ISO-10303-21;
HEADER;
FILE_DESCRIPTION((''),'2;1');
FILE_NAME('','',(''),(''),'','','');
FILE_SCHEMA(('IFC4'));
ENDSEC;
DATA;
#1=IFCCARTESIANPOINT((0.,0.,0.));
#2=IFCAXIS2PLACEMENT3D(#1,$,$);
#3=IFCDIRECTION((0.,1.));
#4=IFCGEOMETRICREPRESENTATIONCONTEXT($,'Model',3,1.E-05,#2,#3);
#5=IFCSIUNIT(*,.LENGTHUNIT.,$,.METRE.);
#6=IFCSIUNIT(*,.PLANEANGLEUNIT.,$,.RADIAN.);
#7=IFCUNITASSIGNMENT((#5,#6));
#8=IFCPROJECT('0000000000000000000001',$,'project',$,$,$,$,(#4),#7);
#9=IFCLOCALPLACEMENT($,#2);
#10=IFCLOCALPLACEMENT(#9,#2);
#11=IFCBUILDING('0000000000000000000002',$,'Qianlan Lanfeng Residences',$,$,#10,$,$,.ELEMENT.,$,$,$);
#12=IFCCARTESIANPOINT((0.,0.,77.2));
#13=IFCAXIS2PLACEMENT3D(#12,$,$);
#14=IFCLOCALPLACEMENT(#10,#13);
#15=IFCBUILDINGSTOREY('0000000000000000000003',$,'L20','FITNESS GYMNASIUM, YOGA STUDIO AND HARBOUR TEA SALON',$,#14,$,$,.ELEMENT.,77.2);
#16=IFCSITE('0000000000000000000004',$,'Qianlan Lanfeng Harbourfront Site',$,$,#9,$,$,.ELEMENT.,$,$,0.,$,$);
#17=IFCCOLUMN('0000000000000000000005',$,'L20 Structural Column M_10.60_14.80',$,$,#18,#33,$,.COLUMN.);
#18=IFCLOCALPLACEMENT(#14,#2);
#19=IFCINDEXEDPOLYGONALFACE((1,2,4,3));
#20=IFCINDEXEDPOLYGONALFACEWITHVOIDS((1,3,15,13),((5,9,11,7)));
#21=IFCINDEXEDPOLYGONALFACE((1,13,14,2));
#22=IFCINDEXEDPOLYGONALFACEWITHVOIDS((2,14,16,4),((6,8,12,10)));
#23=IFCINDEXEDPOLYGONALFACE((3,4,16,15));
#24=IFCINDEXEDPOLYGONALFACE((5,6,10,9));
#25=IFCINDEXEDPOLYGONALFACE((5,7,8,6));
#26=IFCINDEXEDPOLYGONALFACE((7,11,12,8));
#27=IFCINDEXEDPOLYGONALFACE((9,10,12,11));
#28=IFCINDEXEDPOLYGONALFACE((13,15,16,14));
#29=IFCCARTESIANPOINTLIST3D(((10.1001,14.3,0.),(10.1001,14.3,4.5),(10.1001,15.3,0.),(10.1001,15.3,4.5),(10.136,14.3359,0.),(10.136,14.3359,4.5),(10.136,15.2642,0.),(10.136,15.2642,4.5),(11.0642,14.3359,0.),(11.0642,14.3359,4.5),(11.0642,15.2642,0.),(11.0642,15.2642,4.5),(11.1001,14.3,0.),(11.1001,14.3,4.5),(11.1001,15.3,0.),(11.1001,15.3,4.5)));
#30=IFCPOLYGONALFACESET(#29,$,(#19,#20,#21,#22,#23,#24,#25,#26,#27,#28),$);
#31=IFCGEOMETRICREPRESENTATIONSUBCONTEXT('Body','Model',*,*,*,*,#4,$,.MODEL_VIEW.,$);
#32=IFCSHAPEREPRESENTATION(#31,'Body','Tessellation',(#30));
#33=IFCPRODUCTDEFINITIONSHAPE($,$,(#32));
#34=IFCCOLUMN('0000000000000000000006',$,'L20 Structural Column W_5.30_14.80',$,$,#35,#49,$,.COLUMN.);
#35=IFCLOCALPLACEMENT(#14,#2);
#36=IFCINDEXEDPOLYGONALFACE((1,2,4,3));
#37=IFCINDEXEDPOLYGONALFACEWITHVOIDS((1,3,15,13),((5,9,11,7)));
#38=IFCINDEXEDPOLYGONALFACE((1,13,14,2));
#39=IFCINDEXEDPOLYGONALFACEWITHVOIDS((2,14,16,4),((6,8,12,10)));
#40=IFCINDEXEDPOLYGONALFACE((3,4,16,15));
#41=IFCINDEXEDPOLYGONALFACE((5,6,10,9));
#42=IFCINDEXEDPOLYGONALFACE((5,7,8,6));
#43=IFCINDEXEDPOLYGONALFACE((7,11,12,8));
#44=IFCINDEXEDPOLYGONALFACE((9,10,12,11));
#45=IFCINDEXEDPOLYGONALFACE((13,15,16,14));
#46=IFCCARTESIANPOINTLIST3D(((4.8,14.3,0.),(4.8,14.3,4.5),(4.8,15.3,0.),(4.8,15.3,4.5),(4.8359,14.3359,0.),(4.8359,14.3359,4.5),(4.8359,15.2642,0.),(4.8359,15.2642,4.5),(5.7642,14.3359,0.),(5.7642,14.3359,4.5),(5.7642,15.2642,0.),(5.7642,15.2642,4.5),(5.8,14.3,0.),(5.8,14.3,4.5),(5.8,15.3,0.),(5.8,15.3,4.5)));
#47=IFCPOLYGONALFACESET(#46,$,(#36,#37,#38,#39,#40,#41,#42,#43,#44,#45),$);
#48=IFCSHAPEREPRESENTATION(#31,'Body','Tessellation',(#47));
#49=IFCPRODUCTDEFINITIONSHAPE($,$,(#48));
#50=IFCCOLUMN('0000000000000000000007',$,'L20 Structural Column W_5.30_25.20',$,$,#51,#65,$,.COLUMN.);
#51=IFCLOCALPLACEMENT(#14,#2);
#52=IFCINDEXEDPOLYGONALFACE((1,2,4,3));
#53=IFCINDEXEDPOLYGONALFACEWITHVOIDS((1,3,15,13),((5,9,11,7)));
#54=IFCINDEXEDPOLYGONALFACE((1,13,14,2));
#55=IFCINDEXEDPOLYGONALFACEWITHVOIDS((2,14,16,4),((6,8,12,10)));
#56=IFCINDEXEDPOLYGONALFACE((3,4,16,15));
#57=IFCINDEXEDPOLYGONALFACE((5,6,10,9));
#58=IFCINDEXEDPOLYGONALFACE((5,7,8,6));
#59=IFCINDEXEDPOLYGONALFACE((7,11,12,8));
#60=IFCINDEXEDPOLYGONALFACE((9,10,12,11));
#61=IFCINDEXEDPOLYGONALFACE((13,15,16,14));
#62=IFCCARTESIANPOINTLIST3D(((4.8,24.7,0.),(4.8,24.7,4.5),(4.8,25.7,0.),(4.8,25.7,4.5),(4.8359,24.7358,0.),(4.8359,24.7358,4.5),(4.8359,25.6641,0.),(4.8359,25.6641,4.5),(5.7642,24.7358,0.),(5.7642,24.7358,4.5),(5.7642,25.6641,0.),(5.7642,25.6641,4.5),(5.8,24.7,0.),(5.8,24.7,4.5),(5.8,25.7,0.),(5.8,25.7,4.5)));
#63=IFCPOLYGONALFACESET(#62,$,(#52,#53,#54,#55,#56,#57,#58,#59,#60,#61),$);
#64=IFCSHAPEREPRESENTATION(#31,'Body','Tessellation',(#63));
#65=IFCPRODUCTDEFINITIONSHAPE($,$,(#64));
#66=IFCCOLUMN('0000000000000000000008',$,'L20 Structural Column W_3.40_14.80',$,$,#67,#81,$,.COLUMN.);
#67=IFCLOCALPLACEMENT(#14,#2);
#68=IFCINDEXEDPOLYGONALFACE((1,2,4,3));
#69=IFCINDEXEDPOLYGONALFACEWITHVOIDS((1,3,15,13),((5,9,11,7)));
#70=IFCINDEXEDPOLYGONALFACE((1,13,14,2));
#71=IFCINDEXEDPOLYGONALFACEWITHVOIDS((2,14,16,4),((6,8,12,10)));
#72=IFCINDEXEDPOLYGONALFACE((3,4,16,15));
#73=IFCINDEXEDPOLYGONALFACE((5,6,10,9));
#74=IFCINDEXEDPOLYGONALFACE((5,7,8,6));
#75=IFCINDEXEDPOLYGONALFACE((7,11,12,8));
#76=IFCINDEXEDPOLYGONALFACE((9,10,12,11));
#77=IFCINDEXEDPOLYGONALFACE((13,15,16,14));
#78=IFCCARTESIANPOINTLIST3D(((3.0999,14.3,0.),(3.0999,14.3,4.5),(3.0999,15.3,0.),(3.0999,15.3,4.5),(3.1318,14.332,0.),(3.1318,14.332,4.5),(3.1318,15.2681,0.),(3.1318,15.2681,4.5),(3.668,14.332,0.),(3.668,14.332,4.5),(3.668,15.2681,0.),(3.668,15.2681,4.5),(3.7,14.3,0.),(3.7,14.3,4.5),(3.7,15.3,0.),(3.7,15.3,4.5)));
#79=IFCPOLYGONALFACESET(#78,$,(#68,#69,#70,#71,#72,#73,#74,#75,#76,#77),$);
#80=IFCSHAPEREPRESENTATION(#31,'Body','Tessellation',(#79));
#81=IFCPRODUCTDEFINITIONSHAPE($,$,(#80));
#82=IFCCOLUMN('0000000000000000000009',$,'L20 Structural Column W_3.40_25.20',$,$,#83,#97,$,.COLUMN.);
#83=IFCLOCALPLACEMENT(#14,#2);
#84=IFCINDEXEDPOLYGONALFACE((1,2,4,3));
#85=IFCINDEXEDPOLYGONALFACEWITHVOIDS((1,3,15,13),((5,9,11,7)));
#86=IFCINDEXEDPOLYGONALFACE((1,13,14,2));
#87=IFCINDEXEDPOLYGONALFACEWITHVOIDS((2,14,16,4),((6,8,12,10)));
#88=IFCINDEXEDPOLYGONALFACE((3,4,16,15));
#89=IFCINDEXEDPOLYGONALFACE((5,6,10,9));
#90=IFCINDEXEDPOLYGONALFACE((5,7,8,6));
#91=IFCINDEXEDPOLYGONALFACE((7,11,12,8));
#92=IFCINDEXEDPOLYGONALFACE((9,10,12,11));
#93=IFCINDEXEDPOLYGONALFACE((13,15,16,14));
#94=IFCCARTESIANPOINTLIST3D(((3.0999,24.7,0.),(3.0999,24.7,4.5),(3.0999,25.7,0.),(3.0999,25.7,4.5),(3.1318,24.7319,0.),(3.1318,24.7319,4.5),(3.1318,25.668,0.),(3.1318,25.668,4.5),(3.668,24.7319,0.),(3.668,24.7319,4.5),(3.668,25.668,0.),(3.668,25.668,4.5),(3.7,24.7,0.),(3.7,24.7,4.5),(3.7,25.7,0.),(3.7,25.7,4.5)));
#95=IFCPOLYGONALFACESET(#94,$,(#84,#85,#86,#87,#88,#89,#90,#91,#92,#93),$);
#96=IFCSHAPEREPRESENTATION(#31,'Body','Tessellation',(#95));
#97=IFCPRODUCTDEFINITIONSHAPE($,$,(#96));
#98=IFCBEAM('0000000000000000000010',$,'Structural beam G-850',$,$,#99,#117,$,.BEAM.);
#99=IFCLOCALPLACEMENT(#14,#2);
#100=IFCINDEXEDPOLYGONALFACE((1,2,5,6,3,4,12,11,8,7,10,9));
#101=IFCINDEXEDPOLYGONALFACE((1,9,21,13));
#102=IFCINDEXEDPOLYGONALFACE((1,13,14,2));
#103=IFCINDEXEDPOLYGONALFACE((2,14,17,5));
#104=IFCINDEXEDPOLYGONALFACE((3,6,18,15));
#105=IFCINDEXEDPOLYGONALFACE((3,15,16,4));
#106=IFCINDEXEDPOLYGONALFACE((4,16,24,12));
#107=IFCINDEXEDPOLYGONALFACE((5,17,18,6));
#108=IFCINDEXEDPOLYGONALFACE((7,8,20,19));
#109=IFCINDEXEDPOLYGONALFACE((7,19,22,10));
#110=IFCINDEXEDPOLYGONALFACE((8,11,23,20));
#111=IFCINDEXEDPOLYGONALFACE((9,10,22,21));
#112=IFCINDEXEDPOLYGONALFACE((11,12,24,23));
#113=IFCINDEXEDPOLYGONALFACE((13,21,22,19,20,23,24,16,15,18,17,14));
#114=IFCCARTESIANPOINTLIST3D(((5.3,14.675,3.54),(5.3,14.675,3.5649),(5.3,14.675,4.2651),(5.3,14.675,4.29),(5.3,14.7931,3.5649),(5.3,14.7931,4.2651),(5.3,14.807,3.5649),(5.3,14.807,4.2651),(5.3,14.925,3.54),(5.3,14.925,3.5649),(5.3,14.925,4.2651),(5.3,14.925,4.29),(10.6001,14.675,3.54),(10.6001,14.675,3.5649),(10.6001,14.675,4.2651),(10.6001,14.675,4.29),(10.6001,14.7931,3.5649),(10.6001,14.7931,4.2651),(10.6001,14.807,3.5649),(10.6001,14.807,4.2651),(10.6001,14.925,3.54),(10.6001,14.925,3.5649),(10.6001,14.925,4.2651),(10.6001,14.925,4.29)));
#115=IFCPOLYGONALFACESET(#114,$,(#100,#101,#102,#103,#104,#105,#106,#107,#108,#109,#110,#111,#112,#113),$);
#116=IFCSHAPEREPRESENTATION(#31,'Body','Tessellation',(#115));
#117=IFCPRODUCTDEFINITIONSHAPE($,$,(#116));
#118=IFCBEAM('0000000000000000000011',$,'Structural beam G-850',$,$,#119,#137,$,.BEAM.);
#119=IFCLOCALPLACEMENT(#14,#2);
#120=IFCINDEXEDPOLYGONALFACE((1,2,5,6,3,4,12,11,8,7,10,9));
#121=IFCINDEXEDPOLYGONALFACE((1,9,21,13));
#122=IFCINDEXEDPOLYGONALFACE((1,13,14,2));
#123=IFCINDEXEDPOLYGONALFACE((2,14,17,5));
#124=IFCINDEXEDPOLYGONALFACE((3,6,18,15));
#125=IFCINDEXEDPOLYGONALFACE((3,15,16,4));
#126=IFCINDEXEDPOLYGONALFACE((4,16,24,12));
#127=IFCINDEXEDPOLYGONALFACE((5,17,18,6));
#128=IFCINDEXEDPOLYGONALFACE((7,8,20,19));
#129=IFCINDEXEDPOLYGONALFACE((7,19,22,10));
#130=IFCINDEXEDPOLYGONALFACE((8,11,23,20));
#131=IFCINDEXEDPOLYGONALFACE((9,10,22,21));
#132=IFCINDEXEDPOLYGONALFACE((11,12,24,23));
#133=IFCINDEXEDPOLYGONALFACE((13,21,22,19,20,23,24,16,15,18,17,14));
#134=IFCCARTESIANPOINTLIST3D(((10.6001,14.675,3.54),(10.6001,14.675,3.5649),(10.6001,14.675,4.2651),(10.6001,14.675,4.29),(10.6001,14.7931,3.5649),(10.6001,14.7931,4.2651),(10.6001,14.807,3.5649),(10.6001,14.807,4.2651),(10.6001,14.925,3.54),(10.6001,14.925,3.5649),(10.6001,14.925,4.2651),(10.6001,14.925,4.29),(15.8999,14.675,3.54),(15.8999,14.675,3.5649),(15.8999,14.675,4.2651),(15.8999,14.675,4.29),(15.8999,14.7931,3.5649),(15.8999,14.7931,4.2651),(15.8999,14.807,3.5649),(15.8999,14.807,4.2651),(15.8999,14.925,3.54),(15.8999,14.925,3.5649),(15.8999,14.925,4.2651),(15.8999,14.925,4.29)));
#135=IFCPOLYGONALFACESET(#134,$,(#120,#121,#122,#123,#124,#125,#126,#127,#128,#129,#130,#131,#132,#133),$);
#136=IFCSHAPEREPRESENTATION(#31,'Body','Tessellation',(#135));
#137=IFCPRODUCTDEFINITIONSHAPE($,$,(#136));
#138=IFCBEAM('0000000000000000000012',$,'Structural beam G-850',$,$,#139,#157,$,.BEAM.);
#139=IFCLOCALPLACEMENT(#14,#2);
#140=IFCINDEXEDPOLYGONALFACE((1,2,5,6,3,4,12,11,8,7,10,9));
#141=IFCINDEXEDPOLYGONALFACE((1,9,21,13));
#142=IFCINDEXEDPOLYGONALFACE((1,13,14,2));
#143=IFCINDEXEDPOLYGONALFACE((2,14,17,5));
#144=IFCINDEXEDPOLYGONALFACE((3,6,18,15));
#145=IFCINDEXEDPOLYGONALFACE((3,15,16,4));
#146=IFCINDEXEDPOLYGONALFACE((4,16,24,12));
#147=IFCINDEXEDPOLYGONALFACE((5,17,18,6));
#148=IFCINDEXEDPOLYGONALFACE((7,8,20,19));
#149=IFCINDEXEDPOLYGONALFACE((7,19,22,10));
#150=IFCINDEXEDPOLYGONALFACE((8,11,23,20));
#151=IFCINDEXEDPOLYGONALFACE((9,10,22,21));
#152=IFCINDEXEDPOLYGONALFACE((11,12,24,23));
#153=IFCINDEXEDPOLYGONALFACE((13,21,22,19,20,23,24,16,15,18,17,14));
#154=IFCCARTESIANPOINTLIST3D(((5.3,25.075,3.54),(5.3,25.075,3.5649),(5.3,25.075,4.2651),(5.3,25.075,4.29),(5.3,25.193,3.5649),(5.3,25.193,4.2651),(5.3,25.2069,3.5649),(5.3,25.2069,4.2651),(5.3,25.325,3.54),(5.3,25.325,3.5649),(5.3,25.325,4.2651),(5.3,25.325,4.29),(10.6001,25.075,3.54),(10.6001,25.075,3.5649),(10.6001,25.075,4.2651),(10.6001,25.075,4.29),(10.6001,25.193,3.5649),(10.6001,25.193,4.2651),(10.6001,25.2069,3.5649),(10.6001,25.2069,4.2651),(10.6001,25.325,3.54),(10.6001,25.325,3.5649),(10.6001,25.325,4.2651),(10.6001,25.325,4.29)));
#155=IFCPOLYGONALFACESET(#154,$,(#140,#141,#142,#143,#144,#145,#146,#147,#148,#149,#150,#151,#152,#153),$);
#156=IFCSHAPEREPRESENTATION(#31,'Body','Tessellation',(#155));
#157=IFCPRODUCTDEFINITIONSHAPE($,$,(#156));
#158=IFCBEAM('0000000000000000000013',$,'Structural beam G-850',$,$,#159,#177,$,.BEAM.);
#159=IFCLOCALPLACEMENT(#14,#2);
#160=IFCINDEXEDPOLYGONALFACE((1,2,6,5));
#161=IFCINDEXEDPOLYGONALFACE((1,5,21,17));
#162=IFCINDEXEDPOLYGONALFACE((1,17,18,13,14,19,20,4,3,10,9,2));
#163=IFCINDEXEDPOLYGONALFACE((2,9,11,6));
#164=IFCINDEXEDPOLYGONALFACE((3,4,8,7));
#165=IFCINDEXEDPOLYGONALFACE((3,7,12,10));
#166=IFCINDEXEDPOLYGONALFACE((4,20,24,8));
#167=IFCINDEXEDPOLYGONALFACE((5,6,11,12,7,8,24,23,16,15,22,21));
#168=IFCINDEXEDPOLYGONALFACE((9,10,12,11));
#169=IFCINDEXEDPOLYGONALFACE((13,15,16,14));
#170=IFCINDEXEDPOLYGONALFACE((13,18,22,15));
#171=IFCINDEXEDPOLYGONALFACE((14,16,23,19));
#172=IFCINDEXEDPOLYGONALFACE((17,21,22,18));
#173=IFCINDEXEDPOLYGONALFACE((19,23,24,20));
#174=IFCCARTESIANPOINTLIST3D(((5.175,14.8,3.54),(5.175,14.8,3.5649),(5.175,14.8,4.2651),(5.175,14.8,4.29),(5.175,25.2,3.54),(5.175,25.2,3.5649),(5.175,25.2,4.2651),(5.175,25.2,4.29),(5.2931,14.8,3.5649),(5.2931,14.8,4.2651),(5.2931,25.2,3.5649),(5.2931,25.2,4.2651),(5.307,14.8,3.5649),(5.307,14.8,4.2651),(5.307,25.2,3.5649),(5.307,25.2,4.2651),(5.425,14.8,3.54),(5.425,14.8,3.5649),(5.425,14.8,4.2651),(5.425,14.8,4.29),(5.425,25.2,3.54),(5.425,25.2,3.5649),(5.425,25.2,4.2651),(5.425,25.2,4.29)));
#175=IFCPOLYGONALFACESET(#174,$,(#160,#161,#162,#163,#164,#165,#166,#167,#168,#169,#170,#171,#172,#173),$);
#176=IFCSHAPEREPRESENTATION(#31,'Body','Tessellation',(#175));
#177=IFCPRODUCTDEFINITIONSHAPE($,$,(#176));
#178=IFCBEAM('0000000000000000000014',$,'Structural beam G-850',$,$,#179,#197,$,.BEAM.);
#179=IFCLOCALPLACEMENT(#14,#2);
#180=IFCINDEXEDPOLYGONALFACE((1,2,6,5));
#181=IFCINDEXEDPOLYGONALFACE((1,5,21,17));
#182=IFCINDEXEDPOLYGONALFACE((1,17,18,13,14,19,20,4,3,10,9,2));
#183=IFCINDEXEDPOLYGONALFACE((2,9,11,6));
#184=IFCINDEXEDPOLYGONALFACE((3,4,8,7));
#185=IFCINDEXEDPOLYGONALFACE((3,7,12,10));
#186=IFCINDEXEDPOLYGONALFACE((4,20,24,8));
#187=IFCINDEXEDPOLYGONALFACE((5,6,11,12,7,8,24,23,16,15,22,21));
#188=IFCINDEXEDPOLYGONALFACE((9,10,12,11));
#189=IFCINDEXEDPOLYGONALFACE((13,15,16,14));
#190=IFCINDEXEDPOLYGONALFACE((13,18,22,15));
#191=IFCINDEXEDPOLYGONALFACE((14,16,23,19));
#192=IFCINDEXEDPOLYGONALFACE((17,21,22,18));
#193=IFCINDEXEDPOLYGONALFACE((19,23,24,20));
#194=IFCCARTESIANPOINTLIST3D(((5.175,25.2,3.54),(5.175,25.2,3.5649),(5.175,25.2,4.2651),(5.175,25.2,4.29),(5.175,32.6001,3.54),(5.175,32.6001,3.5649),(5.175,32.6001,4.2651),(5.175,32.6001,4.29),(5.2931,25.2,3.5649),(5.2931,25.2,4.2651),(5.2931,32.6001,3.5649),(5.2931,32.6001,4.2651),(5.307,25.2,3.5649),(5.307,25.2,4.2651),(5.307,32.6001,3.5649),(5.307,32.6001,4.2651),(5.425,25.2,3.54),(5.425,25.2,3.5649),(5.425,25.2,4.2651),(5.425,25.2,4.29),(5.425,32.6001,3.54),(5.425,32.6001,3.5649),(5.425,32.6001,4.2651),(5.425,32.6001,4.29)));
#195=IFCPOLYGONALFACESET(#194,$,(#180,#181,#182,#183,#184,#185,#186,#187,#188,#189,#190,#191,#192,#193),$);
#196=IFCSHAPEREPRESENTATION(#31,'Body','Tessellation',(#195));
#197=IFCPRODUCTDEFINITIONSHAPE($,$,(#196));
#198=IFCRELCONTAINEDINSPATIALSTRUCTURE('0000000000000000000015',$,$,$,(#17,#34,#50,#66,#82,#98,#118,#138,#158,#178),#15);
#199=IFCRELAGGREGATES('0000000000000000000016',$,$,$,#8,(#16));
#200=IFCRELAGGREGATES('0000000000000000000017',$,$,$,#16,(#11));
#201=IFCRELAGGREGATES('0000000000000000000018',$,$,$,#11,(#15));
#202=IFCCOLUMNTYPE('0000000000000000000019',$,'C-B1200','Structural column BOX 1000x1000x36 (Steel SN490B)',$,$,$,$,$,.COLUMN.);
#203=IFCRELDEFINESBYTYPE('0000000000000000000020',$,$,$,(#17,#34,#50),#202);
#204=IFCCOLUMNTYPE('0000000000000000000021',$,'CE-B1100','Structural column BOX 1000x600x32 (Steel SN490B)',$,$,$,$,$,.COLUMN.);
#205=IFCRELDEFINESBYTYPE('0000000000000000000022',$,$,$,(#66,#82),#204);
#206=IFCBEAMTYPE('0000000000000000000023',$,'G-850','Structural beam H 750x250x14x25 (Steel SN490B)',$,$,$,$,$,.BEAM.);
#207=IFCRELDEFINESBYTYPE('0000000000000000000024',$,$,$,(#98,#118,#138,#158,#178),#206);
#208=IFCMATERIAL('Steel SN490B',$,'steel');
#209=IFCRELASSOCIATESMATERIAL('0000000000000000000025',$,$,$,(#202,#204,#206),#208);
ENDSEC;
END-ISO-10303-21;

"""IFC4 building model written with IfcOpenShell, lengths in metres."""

from ifc_helpers import new_model, si_unit, direction, frame, origin, origin_2d, place, context, subcontext, project, spatial, hollow_rectangle, i_section, extrude, material, material_profile, profile_set, type_object, element, save


model = new_model("IFC4")

# Units and contexts
model_context = context("Model", 3, precision=1e-05, world=origin(), true_north=direction((0.0, 1.0)))
body_context = subcontext(model_context, "Body", "Model", "MODEL_VIEW")
ifc_project = project(units=[si_unit("LENGTHUNIT", "METRE"), si_unit("PLANEANGLEUNIT", "RADIAN")], contexts=[model_context])

# Site, building, storey
site_placement = place(None, origin())
site = spatial("IfcSite", under=ifc_project, at=site_placement, Name="Qianlan Lanfeng Harbourfront Site", CompositionType="ELEMENT", RefElevation=0.0)
building_placement = place(site_placement, origin())
building = spatial("IfcBuilding", under=site, at=building_placement, Name="Qianlan Lanfeng Residences", CompositionType="ELEMENT")
storey_placement = place(building_placement, frame((0.0, 0.0, 77.2)))
storey = spatial("IfcBuildingStorey", under=building, at=storey_placement, Name="L20", Description="FITNESS GYMNASIUM, YOGA STUDIO AND HARBOUR TEA SALON", CompositionType="ELEMENT", Elevation=77.2)

# Columns
ifc_material_1 = material(Name="Steel SN490B", Category="steel")
ifc_material_profile_1 = material_profile(ifc_material_1, hollow_rectangle(XDim=1.0, YDim=1.0, WallThickness=0.0359, at=origin_2d()), Name="BOX 1000x1000x36")
ifc_profile_set_1 = profile_set([ifc_material_profile_1], Name="Steel SN490B")
column_type_1 = type_object("IfcColumnType", Name="C-B1200", Description="Structural column BOX 1000x1000x36 (Steel SN490B)", PredefinedType="COLUMN", material=ifc_profile_set_1)
for number, where, z_axis, x_axis, name in (
    (1, (10.6001, 14.8, 0.0), (0.0, 0.0, 1.0), (1.0, 0.0, 0.0), "L20 Structural Column M_10.60_14.80"),
    (2, (5.3, 14.8, 0.0), (0.0, 0.0, 1.0), (1.0, 0.0, 0.0), "L20 Structural Column W_5.30_14.80"),
    (3, (5.3, 25.2, 0.0), (0.0, 0.0, 1.0), (1.0, 0.0, 0.0), "L20 Structural Column W_5.30_25.20"),
):
    element("IfcColumn", number, at=place(storey_placement, frame(where, z_axis=z_axis, x_axis=x_axis)), inside=storey, type_object=column_type_1, Name=name, PredefinedType="COLUMN", context=body_context, shape_type="SweptSolid", body=[
        extrude(hollow_rectangle(XDim=1.0, YDim=1.0, WallThickness=0.0359, at=origin_2d()), origin(), (0.0, 0.0, 1.0), 4.5),
    ])
ifc_material_profile_2 = material_profile(ifc_material_1, hollow_rectangle(XDim=0.6001, YDim=1.0, WallThickness=0.032, at=origin_2d()), Name="BOX 1000x600x32")
ifc_profile_set_2 = profile_set([ifc_material_profile_2], Name="Steel SN490B")
column_type_2 = type_object("IfcColumnType", Name="CE-B1100", Description="Structural column BOX 1000x600x32 (Steel SN490B)", PredefinedType="COLUMN", material=ifc_profile_set_2)
for number, where, z_axis, x_axis, name in (
    (4, (3.3999, 14.8, 0.0), (0.0, 0.0, 1.0), (1.0, 0.0, 0.0), "L20 Structural Column W_3.40_14.80"),
    (5, (3.3999, 25.2, 0.0), (0.0, 0.0, 1.0), (1.0, 0.0, 0.0), "L20 Structural Column W_3.40_25.20"),
):
    element("IfcColumn", number, at=place(storey_placement, frame(where, z_axis=z_axis, x_axis=x_axis)), inside=storey, type_object=column_type_2, Name=name, PredefinedType="COLUMN", context=body_context, shape_type="SweptSolid", body=[
        extrude(hollow_rectangle(XDim=0.6001, YDim=1.0, WallThickness=0.032, at=origin_2d()), origin(), (0.0, 0.0, 1.0), 4.5),
    ])

# Beams
ifc_material_profile_3 = material_profile(ifc_material_1, i_section(OverallWidth=0.25, OverallDepth=0.75, WebThickness=0.0139, FlangeThickness=0.0249, at=origin_2d()), Name="H 750x250x14x25")
ifc_profile_set_3 = profile_set([ifc_material_profile_3], Name="Steel SN490B")
beam_type_1 = type_object("IfcBeamType", Name="G-850", Description="Structural beam H 750x250x14x25 (Steel SN490B)", PredefinedType="BEAM", material=ifc_profile_set_3)
beam_1_placement = place(storey_placement, frame((5.3, 14.8, 3.915), z_axis=(1.0, 0.0, 0.0), x_axis=(0.0, 1.0, 0.0)))
element("IfcBeam", 6, at=beam_1_placement, inside=storey, type_object=beam_type_1, Name="Structural beam G-850", PredefinedType="BEAM", context=body_context, shape_type="SweptSolid", body=[
    extrude(i_section(OverallWidth=0.25, OverallDepth=0.75, WebThickness=0.0139, FlangeThickness=0.0249, at=origin_2d()), origin(), (0.0, 0.0, 1.0), 5.3),
])
beam_2_placement = place(storey_placement, frame((10.6001, 14.8, 3.915), z_axis=(1.0, 0.0, 0.0), x_axis=(0.0, 1.0, 0.0)))
element("IfcBeam", 7, at=beam_2_placement, inside=storey, type_object=beam_type_1, Name="Structural beam G-850", PredefinedType="BEAM", context=body_context, shape_type="SweptSolid", body=[
    extrude(i_section(OverallWidth=0.25, OverallDepth=0.75, WebThickness=0.0139, FlangeThickness=0.0249, at=origin_2d()), origin(), (0.0, 0.0, 1.0), 5.2998),
])
beam_3_placement = place(storey_placement, frame((5.3, 25.2, 3.915), z_axis=(1.0, 0.0, 0.0), x_axis=(0.0, 1.0, 0.0)))
element("IfcBeam", 8, at=beam_3_placement, inside=storey, type_object=beam_type_1, Name="Structural beam G-850", PredefinedType="BEAM", context=body_context, shape_type="SweptSolid", body=[
    extrude(i_section(OverallWidth=0.25, OverallDepth=0.75, WebThickness=0.0139, FlangeThickness=0.0249, at=origin_2d()), origin(), (0.0, 0.0, 1.0), 5.3),
])
beam_4_placement = place(storey_placement, frame((5.3, 14.8, 3.915), z_axis=(0.0, 1.0, 0.0), x_axis=(-1.0, 0.0, 0.0)))
element("IfcBeam", 9, at=beam_4_placement, inside=storey, type_object=beam_type_1, Name="Structural beam G-850", PredefinedType="BEAM", context=body_context, shape_type="SweptSolid", body=[
    extrude(i_section(OverallWidth=0.25, OverallDepth=0.75, WebThickness=0.0139, FlangeThickness=0.0249, at=origin_2d()), origin(), (0.0, 0.0, 1.0), 10.3999),
])
beam_5_placement = place(storey_placement, frame((5.3, 25.2, 3.915), z_axis=(0.0, 1.0, 0.0), x_axis=(-1.0, 0.0, 0.0)))
element("IfcBeam", 10, at=beam_5_placement, inside=storey, type_object=beam_type_1, Name="Structural beam G-850", PredefinedType="BEAM", context=body_context, shape_type="SweptSolid", body=[
    extrude(i_section(OverallWidth=0.25, OverallDepth=0.75, WebThickness=0.0139, FlangeThickness=0.0249, at=origin_2d()), origin(), (0.0, 0.0, 1.0), 7.4001),
])

save(model, "model.ifc")
